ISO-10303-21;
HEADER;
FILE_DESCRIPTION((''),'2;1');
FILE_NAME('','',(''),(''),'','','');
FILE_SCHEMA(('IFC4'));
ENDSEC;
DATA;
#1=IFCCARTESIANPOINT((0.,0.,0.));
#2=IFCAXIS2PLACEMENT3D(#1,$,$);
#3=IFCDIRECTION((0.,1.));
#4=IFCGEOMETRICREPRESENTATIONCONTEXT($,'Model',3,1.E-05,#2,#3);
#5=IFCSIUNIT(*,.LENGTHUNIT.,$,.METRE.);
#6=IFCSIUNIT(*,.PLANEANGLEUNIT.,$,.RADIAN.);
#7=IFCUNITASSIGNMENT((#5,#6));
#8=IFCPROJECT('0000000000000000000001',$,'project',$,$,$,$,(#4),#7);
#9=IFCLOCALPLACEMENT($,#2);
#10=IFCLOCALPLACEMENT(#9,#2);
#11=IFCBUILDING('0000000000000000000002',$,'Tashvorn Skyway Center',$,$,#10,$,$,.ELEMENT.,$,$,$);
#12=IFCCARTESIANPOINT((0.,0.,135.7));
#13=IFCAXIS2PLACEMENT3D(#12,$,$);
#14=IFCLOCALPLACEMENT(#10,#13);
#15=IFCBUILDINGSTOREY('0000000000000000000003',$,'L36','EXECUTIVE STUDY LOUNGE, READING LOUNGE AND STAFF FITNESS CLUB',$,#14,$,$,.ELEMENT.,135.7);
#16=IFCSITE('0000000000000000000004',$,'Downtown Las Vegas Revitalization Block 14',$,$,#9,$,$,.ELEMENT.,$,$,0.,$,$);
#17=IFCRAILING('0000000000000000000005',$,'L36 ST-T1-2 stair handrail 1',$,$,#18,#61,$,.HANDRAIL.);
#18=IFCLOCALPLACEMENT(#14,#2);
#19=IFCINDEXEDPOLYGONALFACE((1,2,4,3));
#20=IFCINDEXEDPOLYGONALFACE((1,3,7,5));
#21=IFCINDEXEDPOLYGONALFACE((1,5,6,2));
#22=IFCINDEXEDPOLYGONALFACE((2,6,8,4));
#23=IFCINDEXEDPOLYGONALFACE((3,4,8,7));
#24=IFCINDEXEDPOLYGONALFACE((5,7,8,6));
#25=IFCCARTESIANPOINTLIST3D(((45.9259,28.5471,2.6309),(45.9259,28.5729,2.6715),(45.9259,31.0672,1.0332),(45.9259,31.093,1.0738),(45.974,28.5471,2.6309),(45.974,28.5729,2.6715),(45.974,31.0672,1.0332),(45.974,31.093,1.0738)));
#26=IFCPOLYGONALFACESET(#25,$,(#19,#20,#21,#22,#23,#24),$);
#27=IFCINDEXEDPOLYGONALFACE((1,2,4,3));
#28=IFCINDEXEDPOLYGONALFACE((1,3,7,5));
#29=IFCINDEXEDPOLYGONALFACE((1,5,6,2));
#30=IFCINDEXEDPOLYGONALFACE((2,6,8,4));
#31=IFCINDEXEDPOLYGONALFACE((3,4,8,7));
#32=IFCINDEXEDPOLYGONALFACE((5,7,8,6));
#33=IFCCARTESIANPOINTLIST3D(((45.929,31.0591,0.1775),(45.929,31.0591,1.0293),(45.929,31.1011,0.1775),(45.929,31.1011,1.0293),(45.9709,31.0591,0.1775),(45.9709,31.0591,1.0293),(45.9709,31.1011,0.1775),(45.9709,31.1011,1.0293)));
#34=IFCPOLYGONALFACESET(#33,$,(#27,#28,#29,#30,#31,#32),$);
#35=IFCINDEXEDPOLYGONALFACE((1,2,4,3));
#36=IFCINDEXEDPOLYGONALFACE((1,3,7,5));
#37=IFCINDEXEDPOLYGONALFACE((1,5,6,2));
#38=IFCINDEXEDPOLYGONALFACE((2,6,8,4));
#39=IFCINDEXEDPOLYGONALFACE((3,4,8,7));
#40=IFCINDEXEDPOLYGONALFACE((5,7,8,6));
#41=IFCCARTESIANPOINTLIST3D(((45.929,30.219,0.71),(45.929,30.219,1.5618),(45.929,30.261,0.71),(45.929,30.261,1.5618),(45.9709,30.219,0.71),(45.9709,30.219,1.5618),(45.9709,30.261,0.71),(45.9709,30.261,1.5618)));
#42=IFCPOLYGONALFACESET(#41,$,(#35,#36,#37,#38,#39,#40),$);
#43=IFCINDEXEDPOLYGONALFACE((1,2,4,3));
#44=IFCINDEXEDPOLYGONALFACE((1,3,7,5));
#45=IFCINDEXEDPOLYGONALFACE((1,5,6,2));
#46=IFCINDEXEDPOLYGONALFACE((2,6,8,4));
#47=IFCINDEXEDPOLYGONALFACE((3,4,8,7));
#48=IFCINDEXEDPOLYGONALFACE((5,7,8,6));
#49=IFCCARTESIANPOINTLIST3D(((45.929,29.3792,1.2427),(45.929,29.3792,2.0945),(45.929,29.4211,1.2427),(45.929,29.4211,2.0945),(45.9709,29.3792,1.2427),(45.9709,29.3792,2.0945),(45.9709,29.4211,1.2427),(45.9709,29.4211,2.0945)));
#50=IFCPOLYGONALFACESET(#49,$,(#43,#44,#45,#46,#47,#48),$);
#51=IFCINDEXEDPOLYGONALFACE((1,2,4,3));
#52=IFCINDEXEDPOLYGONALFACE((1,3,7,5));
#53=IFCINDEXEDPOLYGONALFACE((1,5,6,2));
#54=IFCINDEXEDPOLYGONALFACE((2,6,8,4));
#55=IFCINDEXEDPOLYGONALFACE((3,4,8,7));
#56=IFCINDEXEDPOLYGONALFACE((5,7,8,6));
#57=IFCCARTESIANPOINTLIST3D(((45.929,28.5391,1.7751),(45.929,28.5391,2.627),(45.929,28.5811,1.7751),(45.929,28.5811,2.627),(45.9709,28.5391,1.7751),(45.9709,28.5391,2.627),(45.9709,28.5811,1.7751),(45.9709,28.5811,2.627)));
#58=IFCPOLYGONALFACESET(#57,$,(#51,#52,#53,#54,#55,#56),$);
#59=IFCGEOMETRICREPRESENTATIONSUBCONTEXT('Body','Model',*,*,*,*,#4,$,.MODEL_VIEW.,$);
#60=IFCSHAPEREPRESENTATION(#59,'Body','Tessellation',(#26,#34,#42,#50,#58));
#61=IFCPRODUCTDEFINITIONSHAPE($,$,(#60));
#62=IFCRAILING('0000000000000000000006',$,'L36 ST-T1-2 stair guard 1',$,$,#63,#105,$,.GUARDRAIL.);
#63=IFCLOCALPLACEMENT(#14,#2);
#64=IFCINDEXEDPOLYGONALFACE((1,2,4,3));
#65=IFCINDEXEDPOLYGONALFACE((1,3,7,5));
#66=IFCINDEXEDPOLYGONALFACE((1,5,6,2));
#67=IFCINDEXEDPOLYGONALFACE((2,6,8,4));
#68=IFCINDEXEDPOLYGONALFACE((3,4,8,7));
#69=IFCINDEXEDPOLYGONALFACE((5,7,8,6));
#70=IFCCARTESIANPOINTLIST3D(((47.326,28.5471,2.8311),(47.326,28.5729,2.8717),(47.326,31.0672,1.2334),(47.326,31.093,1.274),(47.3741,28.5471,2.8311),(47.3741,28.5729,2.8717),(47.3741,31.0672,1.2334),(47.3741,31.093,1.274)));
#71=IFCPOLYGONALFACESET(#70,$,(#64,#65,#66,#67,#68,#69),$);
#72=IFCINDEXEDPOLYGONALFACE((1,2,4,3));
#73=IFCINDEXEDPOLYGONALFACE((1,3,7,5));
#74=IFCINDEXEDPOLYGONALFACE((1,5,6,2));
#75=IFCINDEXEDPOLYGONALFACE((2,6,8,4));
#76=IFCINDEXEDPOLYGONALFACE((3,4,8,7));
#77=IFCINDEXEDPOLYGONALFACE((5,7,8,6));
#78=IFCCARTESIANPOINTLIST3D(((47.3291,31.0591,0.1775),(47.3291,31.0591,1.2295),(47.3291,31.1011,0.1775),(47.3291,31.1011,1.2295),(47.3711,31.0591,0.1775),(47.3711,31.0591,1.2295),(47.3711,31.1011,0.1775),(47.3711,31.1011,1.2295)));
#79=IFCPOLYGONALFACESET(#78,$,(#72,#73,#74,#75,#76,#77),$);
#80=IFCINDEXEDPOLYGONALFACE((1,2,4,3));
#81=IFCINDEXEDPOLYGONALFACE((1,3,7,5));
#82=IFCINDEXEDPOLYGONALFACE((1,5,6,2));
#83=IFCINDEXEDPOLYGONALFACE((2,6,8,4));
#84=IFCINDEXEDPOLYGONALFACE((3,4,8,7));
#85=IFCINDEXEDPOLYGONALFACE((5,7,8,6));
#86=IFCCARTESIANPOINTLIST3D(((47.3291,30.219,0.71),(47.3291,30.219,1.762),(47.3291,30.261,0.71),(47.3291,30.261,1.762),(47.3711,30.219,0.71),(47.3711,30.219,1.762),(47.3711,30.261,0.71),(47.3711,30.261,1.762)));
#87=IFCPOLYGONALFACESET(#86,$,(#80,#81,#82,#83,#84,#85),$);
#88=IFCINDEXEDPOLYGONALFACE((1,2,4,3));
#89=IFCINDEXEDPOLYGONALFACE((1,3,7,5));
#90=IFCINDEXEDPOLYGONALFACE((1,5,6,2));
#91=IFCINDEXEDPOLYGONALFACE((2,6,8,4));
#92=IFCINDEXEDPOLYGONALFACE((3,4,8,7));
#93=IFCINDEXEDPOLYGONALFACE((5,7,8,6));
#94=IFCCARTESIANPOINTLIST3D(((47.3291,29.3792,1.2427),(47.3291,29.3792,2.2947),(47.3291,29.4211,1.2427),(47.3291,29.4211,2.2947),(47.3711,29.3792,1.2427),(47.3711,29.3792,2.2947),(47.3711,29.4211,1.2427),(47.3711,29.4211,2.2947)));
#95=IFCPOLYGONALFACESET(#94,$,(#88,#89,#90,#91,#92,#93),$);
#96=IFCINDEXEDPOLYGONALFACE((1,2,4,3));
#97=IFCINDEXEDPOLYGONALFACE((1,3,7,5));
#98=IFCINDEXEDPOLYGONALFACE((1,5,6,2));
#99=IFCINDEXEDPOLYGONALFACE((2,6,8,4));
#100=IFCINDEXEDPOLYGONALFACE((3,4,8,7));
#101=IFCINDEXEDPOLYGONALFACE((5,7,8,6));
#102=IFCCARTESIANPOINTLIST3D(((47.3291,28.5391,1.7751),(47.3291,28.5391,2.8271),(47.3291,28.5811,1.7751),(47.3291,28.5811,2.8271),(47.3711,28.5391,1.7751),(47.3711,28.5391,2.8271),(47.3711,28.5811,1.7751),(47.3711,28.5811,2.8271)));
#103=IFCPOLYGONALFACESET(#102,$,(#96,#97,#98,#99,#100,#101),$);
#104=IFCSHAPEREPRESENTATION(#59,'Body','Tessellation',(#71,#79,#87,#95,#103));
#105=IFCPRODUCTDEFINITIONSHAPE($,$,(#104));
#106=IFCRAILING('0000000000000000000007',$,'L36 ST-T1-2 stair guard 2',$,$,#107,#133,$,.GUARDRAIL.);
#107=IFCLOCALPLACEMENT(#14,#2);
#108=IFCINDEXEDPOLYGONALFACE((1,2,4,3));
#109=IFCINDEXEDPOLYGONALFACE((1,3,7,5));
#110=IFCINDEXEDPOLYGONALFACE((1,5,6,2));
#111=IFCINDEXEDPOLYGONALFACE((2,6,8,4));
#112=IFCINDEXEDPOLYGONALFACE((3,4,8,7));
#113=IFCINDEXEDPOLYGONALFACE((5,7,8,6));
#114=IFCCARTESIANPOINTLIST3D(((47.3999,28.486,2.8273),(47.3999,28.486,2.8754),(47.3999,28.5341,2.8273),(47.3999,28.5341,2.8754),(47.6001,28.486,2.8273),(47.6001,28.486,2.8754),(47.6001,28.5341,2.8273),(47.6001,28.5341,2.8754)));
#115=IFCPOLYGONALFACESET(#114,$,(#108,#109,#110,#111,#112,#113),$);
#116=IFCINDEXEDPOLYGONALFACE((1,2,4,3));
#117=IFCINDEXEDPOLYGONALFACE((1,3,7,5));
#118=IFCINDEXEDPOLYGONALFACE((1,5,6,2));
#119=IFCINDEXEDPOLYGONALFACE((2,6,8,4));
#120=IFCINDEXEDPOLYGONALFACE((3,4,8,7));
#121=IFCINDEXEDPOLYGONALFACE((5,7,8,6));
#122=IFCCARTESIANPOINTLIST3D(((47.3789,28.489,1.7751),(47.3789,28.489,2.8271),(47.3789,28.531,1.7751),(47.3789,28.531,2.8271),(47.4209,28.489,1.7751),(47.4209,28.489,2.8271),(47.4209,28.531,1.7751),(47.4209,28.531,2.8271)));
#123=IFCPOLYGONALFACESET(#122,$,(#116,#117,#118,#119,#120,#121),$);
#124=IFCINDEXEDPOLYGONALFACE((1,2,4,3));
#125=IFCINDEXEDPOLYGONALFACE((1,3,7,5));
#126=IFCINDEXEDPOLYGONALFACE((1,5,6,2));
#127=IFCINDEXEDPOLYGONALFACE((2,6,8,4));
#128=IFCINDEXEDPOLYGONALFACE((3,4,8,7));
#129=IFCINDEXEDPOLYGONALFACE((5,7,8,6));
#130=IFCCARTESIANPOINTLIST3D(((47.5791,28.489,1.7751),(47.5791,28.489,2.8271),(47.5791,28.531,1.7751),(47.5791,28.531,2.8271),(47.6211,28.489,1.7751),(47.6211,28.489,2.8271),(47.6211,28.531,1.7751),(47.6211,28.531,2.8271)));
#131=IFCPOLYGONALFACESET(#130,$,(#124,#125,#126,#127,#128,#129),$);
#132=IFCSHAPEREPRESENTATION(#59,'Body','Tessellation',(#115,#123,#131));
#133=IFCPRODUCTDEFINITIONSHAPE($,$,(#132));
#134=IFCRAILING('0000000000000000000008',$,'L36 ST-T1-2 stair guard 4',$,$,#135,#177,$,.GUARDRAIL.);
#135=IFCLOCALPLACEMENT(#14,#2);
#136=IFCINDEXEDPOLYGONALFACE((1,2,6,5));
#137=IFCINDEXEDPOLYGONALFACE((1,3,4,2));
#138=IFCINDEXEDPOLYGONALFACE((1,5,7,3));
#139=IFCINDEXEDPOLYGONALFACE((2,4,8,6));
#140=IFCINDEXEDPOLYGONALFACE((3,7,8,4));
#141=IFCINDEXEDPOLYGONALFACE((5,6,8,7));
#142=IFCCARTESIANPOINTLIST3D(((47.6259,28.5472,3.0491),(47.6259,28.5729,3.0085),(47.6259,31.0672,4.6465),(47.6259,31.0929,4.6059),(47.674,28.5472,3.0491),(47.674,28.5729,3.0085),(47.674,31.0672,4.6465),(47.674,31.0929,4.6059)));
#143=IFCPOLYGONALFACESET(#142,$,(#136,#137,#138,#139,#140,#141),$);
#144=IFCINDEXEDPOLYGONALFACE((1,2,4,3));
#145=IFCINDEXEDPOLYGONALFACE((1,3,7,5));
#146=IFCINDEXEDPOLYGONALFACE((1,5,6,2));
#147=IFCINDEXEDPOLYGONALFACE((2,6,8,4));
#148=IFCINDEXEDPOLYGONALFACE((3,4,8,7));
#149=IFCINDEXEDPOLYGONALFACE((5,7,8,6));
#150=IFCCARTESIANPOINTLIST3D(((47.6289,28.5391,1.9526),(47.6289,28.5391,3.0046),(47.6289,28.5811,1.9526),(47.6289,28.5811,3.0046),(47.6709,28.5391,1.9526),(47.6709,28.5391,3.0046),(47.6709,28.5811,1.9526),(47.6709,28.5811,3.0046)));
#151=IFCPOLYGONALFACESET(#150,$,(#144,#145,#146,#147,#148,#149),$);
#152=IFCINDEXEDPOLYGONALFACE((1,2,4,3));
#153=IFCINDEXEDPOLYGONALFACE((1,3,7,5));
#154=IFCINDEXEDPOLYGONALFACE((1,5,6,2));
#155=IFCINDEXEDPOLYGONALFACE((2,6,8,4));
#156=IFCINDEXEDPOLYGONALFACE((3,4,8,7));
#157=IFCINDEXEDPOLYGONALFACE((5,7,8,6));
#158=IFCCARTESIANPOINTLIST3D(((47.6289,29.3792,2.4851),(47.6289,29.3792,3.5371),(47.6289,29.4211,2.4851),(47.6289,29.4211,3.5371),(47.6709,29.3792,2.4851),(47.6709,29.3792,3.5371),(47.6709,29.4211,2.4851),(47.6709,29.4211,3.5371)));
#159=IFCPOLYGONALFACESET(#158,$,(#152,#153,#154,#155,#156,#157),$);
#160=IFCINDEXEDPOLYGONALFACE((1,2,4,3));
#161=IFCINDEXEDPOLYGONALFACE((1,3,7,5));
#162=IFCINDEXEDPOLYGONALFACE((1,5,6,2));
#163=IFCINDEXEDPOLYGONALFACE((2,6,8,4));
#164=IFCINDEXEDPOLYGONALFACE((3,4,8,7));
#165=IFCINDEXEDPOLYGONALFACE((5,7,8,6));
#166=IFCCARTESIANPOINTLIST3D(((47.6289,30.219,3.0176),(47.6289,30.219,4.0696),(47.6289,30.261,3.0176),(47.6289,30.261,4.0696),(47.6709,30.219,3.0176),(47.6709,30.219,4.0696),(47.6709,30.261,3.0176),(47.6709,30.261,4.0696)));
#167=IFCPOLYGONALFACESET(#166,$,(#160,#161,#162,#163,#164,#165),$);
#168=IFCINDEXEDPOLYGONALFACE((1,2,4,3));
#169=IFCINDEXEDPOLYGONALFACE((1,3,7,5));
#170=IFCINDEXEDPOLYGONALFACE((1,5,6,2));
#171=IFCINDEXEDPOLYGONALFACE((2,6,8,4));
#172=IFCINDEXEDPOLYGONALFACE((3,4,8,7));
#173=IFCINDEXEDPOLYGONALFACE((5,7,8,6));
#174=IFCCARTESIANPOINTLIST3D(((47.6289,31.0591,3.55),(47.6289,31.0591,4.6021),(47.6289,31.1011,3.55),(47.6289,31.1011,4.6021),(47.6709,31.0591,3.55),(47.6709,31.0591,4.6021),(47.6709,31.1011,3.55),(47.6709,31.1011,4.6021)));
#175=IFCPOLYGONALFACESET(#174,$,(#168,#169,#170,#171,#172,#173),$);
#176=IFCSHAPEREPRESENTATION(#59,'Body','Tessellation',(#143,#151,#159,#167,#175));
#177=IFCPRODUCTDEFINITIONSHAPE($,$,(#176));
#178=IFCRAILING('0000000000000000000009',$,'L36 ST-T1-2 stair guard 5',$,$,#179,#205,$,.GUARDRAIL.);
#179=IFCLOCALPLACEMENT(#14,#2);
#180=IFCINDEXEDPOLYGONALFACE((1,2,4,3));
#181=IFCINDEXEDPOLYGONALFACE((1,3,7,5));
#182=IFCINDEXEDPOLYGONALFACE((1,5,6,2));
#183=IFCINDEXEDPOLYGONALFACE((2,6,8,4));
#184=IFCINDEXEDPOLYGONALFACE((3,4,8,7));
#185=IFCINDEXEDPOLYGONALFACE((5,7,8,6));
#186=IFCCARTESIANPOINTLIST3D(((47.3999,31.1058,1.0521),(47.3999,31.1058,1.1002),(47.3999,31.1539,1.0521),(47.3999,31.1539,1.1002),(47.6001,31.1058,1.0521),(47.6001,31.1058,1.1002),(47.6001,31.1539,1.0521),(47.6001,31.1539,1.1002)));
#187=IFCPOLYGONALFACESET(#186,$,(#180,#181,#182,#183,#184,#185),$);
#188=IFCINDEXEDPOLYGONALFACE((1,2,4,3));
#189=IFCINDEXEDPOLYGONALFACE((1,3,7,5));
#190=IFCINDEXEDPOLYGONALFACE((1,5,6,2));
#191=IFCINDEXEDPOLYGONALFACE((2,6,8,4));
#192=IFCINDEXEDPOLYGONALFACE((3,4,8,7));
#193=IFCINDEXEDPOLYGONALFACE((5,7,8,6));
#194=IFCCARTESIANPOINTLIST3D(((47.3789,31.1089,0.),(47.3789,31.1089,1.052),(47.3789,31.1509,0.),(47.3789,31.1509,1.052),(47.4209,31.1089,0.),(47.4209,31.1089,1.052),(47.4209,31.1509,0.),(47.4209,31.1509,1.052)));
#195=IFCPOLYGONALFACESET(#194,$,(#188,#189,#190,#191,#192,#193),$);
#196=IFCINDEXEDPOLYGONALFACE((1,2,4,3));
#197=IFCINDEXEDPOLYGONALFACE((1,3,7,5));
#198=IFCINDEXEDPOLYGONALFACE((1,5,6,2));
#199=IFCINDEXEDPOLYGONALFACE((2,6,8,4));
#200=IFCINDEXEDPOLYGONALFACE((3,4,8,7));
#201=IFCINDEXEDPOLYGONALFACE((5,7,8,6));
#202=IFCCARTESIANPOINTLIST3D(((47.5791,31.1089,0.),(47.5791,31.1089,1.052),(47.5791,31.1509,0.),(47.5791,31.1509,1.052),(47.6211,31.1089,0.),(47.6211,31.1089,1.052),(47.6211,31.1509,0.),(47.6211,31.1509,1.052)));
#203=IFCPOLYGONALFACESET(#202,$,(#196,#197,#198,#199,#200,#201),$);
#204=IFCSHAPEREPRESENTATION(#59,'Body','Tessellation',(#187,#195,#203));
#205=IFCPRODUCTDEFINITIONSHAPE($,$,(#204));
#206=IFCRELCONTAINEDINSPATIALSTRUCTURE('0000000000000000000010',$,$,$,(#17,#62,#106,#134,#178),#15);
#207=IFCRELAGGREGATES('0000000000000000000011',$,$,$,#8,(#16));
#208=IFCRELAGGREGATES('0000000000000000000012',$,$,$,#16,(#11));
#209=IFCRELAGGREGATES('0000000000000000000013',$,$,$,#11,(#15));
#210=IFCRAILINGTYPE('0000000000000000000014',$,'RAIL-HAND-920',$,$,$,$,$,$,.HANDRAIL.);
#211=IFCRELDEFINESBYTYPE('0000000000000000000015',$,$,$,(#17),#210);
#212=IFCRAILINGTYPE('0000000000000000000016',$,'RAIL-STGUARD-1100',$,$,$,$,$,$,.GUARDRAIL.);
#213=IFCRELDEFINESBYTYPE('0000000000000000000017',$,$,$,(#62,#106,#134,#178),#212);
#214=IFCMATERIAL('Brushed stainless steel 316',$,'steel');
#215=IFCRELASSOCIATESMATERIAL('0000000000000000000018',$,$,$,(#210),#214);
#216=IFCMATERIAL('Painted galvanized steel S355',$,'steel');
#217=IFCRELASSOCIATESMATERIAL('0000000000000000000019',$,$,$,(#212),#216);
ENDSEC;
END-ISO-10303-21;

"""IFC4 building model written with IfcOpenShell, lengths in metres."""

from ifc_helpers import new_model, si_unit, direction, frame, origin, origin_2d, place, context, subcontext, project, spatial, rectangle, extrude, material, type_object, element, save


model = new_model("IFC4")

# Units and contexts
model_context = context("Model", 3, precision=1e-05, world=origin(), true_north=direction((0.0, 1.0)))
body_context = subcontext(model_context, "Body", "Model", "MODEL_VIEW")
ifc_project = project(units=[si_unit("LENGTHUNIT", "METRE"), si_unit("PLANEANGLEUNIT", "RADIAN")], contexts=[model_context])

# Site, building, storey
site_placement = place(None, origin())
site = spatial("IfcSite", under=ifc_project, at=site_placement, Name="Downtown Las Vegas Revitalization Block 14", CompositionType="ELEMENT", RefElevation=0.0)
building_placement = place(site_placement, origin())
building = spatial("IfcBuilding", under=site, at=building_placement, Name="Tashvorn Skyway Center", CompositionType="ELEMENT")
storey_placement = place(building_placement, frame((0.0, 0.0, 135.7)))
storey = spatial("IfcBuildingStorey", under=building, at=storey_placement, Name="L36", Description="EXECUTIVE STUDY LOUNGE, READING LOUNGE AND STAFF FITNESS CLUB", CompositionType="ELEMENT", Elevation=135.7)

# Railings
ifc_material_1 = material(Name="Brushed stainless steel 316", Category="steel")
railing_type_1 = type_object("IfcRailingType", Name="RAIL-HAND-920", PredefinedType="HANDRAIL", material=ifc_material_1)
railing_1_placement = place(storey_placement, frame((45.95, 31.0801, 0.1775)))
element("IfcRailing", 1, at=railing_1_placement, inside=storey, type_object=railing_type_1, Name="L36 ST-T1-2 stair handrail 1", PredefinedType="HANDRAIL", context=body_context, shape_type="SweptSolid", body=[
    extrude(rectangle(XDim=0.0481, YDim=0.0481, at=origin_2d()), frame((0.0, 0.0, 0.876), z_axis=(0.0, -0.84457, 0.535445), x_axis=(1.0, 0.0, 0.0)), (0.0, 0.0, 1.0), 2.9839),
    extrude(rectangle(XDim=0.042, YDim=0.042, at=origin_2d()), origin(), (0.0, 0.0, 1.0), 0.8518),
    extrude(rectangle(XDim=0.042, YDim=0.042, at=origin_2d()), frame((0.0, -0.8401, 0.5325)), (0.0, 0.0, 1.0), 0.8518),
    extrude(rectangle(XDim=0.042, YDim=0.042, at=origin_2d()), frame((0.0, -1.6799, 1.0652)), (0.0, 0.0, 1.0), 0.8518),
    extrude(rectangle(XDim=0.042, YDim=0.042, at=origin_2d()), frame((0.0, -2.52, 1.5977)), (0.0, 0.0, 1.0), 0.8518),
])
ifc_material_2 = material(Name="Painted galvanized steel S355", Category="steel")
railing_type_2 = type_object("IfcRailingType", Name="RAIL-STGUARD-1100", PredefinedType="GUARDRAIL", material=ifc_material_2)
railing_2_placement = place(storey_placement, frame((47.3501, 31.0801, 0.1775)))
element("IfcRailing", 2, at=railing_2_placement, inside=storey, type_object=railing_type_2, Name="L36 ST-T1-2 stair guard 1", PredefinedType="GUARDRAIL", context=body_context, shape_type="SweptSolid", body=[
    extrude(rectangle(XDim=0.0481, YDim=0.0481, at=origin_2d()), frame((0.0, 0.0, 1.0762), z_axis=(0.0, -0.84457, 0.535445), x_axis=(1.0, 0.0, 0.0)), (0.0, 0.0, 1.0), 2.9839),
    extrude(rectangle(XDim=0.042, YDim=0.042, at=origin_2d()), origin(), (0.0, 0.0, 1.0), 1.052),
    extrude(rectangle(XDim=0.042, YDim=0.042, at=origin_2d()), frame((0.0, -0.8401, 0.5325)), (0.0, 0.0, 1.0), 1.052),
    extrude(rectangle(XDim=0.042, YDim=0.042, at=origin_2d()), frame((0.0, -1.6799, 1.0652)), (0.0, 0.0, 1.0), 1.052),
    extrude(rectangle(XDim=0.042, YDim=0.042, at=origin_2d()), frame((0.0, -2.52, 1.5977)), (0.0, 0.0, 1.0), 1.052),
])
railing_3_placement = place(storey_placement, frame((47.3999, 28.51, 1.7751)))
element("IfcRailing", 3, at=railing_3_placement, inside=storey, type_object=railing_type_2, Name="L36 ST-T1-2 stair guard 2", PredefinedType="GUARDRAIL", context=body_context, shape_type="SweptSolid", body=[
    extrude(rectangle(XDim=0.0481, YDim=0.0481, at=origin_2d()), frame((0.0, 0.0, 1.0762), z_axis=(1.0, 0.0, 0.0), x_axis=(0.0, 1.0, 0.0)), (0.0, 0.0, 1.0), 0.2002),
    extrude(rectangle(XDim=0.042, YDim=0.042, at=origin_2d()), origin(), (0.0, 0.0, 1.0), 1.052),
    extrude(rectangle(XDim=0.042, YDim=0.042, at=origin_2d()), frame((0.2002, 0.0, 0.0)), (0.0, 0.0, 1.0), 1.052),
])
railing_4_placement = place(storey_placement, frame((47.6499, 28.5601, 1.9526)))
element("IfcRailing", 4, at=railing_4_placement, inside=storey, type_object=railing_type_2, Name="L36 ST-T1-2 stair guard 4", PredefinedType="GUARDRAIL", context=body_context, shape_type="SweptSolid", body=[
    extrude(rectangle(XDim=0.0481, YDim=0.0481, at=origin_2d()), frame((0.0, 0.0, 1.0762), z_axis=(0.0, 0.844607, 0.535387), x_axis=(-1.0, 0.0, 0.0)), (0.0, 0.0, 1.0), 2.9836),
    extrude(rectangle(XDim=0.042, YDim=0.042, at=origin_2d()), origin(), (0.0, 0.0, 1.0), 1.052),
    extrude(rectangle(XDim=0.042, YDim=0.042, at=origin_2d()), frame((0.0, 0.8401, 0.5325)), (0.0, 0.0, 1.0), 1.052),
    extrude(rectangle(XDim=0.042, YDim=0.042, at=origin_2d()), frame((0.0, 1.6799, 1.0649)), (0.0, 0.0, 1.0), 1.052),
    extrude(rectangle(XDim=0.042, YDim=0.042, at=origin_2d()), frame((0.0, 2.52, 1.5974)), (0.0, 0.0, 1.0), 1.052),
])
railing_5_placement = place(storey_placement, frame((47.3999, 31.1299, 0.0)))
element("IfcRailing", 5, at=railing_5_placement, inside=storey, type_object=railing_type_2, Name="L36 ST-T1-2 stair guard 5", PredefinedType="GUARDRAIL", context=body_context, shape_type="SweptSolid", body=[
    extrude(rectangle(XDim=0.0481, YDim=0.0481, at=origin_2d()), frame((0.0, 0.0, 1.0762), z_axis=(1.0, 0.0, 0.0), x_axis=(0.0, 1.0, 0.0)), (0.0, 0.0, 1.0), 0.2002),
    extrude(rectangle(XDim=0.042, YDim=0.042, at=origin_2d()), origin(), (0.0, 0.0, 1.0), 1.052),
    extrude(rectangle(XDim=0.042, YDim=0.042, at=origin_2d()), frame((0.2002, 0.0, 0.0)), (0.0, 0.0, 1.0), 1.052),
])

save(model, "model.ifc")
